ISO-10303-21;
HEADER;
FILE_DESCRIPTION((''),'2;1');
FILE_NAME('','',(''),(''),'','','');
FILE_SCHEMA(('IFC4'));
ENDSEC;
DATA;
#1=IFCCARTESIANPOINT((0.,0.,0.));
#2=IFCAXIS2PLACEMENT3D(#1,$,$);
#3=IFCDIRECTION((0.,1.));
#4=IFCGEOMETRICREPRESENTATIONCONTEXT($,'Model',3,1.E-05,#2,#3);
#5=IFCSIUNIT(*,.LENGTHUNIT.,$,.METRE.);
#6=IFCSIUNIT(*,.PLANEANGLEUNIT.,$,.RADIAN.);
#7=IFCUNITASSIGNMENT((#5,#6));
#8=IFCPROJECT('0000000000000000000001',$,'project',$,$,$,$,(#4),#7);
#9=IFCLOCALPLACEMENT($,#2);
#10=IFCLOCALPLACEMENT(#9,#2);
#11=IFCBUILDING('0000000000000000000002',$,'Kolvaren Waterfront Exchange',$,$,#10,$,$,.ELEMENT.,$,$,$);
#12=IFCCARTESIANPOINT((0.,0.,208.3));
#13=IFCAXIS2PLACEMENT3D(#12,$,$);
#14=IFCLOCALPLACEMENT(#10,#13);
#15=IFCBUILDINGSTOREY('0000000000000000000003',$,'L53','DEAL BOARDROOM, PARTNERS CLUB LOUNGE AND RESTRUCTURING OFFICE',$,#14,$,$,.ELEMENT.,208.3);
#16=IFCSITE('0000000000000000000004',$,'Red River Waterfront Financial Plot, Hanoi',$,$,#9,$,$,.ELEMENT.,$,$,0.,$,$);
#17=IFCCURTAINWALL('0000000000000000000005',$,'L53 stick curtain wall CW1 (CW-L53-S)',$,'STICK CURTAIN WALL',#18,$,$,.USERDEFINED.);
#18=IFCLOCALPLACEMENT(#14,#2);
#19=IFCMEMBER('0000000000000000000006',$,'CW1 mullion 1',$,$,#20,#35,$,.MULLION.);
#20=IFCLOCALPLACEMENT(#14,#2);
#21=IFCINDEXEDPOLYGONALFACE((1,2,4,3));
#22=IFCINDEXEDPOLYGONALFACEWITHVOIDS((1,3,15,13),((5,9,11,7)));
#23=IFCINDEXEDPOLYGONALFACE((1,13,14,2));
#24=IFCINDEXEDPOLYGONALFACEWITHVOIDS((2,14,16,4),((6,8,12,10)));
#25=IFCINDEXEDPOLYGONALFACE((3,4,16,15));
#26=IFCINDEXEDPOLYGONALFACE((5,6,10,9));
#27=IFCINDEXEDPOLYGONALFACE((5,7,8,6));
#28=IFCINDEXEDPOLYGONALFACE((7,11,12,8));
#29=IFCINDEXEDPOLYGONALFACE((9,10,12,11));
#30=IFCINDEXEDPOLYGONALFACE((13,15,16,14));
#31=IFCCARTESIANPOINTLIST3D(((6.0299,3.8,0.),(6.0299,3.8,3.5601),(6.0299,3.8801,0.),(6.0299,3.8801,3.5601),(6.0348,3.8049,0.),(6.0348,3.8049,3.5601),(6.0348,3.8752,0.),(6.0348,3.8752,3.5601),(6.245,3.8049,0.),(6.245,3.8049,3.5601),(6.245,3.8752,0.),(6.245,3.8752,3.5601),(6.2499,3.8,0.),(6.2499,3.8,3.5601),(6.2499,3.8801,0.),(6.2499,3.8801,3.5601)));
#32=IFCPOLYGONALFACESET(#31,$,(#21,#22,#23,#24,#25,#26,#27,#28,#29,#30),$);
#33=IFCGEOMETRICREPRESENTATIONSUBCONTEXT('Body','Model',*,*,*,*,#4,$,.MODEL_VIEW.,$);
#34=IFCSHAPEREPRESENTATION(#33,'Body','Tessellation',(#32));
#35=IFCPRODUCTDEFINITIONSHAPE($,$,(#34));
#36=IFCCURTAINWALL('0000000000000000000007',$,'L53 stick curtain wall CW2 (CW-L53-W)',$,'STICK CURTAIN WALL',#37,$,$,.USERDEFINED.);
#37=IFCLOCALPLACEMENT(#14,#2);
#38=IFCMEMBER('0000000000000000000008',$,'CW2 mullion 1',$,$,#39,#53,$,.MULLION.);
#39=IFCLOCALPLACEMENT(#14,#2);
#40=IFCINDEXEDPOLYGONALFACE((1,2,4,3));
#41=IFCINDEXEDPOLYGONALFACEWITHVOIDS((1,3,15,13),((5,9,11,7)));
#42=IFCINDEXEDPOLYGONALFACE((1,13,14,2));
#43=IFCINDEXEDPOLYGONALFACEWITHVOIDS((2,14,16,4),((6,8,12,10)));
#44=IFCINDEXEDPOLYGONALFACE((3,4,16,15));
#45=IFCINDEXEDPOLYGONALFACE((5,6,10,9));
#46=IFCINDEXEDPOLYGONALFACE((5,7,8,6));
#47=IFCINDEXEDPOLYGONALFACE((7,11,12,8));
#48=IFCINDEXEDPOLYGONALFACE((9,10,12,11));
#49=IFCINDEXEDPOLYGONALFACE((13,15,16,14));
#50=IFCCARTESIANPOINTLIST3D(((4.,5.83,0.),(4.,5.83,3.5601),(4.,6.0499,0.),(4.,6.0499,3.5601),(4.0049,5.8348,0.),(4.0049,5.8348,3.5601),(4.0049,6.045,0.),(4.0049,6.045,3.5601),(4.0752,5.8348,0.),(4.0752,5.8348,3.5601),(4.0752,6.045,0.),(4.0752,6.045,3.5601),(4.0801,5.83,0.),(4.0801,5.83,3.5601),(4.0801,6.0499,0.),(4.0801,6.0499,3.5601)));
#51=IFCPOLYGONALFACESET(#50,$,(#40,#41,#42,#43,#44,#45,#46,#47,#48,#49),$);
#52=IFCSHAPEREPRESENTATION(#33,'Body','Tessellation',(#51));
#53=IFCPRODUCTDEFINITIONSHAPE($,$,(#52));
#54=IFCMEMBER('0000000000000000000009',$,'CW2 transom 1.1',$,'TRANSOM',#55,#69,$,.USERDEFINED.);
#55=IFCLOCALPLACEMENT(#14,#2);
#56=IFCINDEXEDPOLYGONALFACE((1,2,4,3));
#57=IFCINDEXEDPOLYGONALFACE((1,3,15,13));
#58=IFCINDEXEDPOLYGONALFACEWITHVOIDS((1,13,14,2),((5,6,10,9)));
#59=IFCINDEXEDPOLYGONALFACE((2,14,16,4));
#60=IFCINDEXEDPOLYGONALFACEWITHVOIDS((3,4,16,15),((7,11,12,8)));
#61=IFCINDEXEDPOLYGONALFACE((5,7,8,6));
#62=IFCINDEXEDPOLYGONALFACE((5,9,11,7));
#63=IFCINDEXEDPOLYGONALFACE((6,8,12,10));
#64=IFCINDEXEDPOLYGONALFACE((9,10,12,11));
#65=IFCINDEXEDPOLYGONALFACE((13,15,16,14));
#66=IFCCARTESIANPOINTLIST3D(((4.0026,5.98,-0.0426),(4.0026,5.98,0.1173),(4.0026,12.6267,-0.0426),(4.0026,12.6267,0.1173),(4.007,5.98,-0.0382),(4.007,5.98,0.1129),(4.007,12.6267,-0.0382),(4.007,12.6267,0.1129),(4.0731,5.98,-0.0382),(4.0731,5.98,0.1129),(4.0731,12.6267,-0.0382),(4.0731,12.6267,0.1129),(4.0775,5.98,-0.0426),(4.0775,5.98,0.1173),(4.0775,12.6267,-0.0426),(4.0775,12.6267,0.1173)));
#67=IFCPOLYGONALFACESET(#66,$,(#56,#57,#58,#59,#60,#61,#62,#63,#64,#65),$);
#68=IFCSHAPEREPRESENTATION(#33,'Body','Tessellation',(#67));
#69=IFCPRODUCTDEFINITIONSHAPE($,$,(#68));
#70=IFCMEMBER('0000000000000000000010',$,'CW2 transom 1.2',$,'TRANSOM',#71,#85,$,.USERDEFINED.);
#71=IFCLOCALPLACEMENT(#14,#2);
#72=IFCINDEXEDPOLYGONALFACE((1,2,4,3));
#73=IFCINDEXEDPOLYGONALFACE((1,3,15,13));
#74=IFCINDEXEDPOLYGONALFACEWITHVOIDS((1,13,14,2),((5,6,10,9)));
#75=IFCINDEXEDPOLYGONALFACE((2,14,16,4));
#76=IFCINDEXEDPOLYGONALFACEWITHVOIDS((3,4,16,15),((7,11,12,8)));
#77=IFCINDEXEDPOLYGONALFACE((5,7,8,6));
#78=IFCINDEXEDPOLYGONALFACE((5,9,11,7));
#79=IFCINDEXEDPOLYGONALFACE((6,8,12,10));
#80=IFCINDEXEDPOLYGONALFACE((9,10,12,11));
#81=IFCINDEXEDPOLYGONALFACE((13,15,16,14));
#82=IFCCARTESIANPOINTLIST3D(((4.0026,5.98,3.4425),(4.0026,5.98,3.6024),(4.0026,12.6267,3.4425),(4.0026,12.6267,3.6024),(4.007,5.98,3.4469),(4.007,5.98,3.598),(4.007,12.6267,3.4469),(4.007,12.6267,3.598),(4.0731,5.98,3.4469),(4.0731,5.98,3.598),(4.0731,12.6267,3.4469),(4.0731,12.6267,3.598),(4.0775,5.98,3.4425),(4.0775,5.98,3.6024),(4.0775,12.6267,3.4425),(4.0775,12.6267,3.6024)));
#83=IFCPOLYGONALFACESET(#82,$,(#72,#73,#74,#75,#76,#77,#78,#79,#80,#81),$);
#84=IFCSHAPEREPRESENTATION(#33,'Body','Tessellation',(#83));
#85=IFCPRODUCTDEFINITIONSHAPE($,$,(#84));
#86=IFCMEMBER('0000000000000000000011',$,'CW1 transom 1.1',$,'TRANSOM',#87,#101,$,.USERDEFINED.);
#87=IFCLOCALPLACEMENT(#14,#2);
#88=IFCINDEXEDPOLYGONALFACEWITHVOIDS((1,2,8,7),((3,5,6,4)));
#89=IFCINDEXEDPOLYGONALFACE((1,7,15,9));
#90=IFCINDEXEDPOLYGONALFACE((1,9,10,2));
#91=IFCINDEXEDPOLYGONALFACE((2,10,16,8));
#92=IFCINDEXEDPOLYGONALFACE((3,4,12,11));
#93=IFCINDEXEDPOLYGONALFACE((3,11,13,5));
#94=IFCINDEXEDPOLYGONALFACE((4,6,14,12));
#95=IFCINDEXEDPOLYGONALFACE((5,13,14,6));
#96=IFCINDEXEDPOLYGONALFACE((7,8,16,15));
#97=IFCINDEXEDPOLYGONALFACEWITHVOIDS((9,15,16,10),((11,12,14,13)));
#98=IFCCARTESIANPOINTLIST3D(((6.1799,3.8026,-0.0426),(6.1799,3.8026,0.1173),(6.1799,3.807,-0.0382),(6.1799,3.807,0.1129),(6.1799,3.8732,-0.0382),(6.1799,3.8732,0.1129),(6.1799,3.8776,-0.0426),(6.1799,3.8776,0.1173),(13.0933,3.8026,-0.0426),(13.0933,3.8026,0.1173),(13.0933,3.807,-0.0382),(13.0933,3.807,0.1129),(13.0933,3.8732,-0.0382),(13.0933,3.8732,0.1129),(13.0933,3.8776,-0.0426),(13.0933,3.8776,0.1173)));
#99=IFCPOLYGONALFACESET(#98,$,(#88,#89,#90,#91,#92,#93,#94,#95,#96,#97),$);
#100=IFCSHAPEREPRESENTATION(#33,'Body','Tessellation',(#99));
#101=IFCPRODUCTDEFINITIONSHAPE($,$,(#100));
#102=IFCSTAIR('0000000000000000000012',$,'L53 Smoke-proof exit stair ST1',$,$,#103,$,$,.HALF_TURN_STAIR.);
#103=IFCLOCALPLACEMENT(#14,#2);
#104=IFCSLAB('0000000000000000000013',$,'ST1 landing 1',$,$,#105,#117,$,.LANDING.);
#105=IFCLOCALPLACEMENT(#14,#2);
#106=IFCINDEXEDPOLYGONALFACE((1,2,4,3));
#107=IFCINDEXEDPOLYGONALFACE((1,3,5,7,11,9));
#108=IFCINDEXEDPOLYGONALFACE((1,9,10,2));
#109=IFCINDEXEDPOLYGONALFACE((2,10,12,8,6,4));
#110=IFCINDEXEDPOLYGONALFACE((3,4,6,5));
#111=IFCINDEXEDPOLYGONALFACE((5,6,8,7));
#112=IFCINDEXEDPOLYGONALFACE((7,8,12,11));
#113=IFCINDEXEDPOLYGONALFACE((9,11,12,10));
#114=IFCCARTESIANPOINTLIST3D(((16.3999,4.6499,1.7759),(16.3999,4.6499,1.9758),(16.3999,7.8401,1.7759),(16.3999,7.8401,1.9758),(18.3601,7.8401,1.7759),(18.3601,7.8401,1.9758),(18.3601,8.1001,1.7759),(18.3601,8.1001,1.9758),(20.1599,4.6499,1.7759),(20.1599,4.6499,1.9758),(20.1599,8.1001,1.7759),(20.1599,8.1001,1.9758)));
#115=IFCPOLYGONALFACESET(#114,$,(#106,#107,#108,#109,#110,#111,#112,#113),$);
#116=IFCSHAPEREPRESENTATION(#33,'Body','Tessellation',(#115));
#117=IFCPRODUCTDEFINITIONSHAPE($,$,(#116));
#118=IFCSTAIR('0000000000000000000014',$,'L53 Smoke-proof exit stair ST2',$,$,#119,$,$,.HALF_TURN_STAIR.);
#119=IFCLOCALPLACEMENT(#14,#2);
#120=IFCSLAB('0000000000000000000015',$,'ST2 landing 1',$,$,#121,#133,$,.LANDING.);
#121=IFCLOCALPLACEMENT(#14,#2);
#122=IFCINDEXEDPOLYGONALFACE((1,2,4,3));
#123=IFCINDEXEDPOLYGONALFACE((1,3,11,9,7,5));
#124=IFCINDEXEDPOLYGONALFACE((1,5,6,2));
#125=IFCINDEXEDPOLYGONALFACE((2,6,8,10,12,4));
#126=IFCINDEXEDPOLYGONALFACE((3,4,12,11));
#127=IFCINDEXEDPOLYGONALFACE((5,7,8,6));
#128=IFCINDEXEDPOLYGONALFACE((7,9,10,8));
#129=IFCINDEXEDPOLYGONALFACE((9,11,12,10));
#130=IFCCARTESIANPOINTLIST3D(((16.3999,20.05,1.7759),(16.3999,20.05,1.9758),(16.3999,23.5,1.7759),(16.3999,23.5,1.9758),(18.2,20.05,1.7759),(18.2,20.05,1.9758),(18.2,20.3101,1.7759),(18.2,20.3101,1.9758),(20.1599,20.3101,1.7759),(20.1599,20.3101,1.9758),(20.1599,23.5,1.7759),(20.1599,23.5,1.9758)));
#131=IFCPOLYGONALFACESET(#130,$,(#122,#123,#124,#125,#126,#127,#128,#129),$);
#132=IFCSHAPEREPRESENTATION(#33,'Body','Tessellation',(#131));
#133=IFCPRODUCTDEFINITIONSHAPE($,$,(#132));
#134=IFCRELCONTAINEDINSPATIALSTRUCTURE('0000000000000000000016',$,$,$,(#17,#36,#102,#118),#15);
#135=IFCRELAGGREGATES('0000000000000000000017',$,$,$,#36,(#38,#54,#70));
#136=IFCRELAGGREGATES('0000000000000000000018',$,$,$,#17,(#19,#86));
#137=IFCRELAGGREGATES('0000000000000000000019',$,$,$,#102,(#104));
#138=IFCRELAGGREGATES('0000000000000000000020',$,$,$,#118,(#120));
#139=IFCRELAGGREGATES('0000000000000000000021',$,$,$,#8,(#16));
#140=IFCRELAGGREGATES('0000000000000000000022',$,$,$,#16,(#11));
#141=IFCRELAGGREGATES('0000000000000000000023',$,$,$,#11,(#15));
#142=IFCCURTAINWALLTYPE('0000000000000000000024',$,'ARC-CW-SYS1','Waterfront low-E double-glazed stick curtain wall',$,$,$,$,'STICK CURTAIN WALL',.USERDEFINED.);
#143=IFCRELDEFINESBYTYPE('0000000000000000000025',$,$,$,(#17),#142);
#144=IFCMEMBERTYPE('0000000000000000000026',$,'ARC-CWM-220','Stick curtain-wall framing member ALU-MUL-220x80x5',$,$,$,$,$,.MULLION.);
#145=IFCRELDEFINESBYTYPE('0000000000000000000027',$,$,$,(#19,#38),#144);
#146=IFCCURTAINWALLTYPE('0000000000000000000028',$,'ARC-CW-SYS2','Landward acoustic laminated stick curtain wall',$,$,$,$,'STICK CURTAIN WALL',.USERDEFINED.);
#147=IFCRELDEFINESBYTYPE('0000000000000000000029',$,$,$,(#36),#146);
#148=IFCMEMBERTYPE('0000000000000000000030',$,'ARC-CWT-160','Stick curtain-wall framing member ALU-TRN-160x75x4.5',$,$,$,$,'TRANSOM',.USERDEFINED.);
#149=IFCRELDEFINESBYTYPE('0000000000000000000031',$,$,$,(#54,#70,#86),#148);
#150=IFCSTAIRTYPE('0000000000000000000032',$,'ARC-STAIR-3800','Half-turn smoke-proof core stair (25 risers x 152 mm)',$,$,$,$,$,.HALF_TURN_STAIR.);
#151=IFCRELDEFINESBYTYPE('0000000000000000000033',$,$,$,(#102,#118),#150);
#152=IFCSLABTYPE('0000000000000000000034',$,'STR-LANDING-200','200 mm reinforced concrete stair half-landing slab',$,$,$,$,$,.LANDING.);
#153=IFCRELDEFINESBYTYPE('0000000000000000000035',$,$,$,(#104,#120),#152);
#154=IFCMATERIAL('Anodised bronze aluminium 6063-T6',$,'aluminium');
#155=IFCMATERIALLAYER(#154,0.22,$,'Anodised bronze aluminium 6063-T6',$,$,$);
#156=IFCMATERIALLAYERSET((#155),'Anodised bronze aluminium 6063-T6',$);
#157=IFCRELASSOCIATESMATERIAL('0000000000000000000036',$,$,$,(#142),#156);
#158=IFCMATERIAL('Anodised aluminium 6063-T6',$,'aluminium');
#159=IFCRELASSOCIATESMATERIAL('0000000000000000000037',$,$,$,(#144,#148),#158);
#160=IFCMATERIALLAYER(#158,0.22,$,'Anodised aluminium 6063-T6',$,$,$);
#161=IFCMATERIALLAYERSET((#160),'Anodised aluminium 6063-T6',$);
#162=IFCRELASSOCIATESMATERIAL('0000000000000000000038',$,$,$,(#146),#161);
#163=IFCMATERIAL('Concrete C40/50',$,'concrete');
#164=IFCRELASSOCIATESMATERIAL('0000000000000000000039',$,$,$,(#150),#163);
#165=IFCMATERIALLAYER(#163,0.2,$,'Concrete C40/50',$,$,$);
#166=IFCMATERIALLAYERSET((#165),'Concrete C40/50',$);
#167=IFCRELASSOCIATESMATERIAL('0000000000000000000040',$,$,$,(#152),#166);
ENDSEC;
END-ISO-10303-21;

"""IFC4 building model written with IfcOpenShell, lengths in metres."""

from ifc_helpers import new_model, si_unit, direction, frame, origin, origin_with_axes, origin_2d, place, context, subcontext, project, spatial, polyline, hollow_rectangle, outline, extrude, source, transform, mapped, material, layer, layer_set, material_profile, profile_set, type_object, element, aggregate, save


model = new_model("IFC4")

# Units and contexts
model_context = context("Model", 3, precision=1e-05, world=origin(), true_north=direction((0.0, 1.0)))
body_context = subcontext(model_context, "Body", "Model", "MODEL_VIEW")
ifc_project = project(units=[si_unit("LENGTHUNIT", "METRE"), si_unit("PLANEANGLEUNIT", "RADIAN")], contexts=[model_context])

# Site, building, storey
site_placement = place(None, origin())
site = spatial("IfcSite", under=ifc_project, at=site_placement, Name="Red River Waterfront Financial Plot, Hanoi", CompositionType="ELEMENT", RefElevation=0.0)
building_placement = place(site_placement, origin())
building = spatial("IfcBuilding", under=site, at=building_placement, Name="Kolvaren Waterfront Exchange", CompositionType="ELEMENT")
storey_placement = place(building_placement, frame((0.0, 0.0, 208.3)))
storey = spatial("IfcBuildingStorey", under=building, at=storey_placement, Name="L53", Description="DEAL BOARDROOM, PARTNERS CLUB LOUNGE AND RESTRUCTURING OFFICE", CompositionType="ELEMENT", Elevation=208.3)

# Curtain wall, member
ifc_material_1 = material(Name="Anodised bronze aluminium 6063-T6", Category="aluminium")
ifc_layer_1 = layer(ifc_material_1, 0.22, Name="Anodised bronze aluminium 6063-T6")
ifc_layer_set_1 = layer_set([ifc_layer_1], Name="Anodised bronze aluminium 6063-T6")
curtain_wall_type_1 = type_object("IfcCurtainWallType", Name="ARC-CW-SYS1", Description="Waterfront low-E double-glazed stick curtain wall", ElementType="STICK CURTAIN WALL", PredefinedType="USERDEFINED", material=ifc_layer_set_1)
curtain_wall_1_placement = place(storey_placement, origin())
curtain_wall_1 = element("IfcCurtainWall", 1, at=curtain_wall_1_placement, inside=storey, type_object=curtain_wall_type_1, Name="L53 stick curtain wall CW1 (CW-L53-S)", ObjectType="STICK CURTAIN WALL", PredefinedType="USERDEFINED")
ifc_material_2 = material(Name="Anodised aluminium 6063-T6", Category="aluminium")
ifc_material_profile_1 = material_profile(ifc_material_2, hollow_rectangle(XDim=0.0801, YDim=0.22, WallThickness=0.0049, at=origin_2d()), Name="ALU-MUL-220x80x5")
ifc_profile_set_1 = profile_set([ifc_material_profile_1], Name="Anodised aluminium 6063-T6")
member_type_1 = type_object("IfcMemberType", Name="ARC-CWM-220", Description="Stick curtain-wall framing member ALU-MUL-220x80x5", PredefinedType="MULLION", material=ifc_profile_set_1)
shared_shape_1 = source(origin_with_axes(), body_context, "Body", "SweptSolid", [
    extrude(hollow_rectangle(XDim=0.0801, YDim=0.22, WallThickness=0.0049, at=origin_2d()), origin(), (0.0, 0.0, 1.0), 3.5601),
])
member_1_placement = place(storey_placement, frame((6.1399, 3.8401, 0.0), z_axis=(0.0, 0.0, 1.0), x_axis=(0.0, 1.0, 0.0)))
member_1 = element("IfcMember", 2, at=member_1_placement, type_object=member_type_1, Name="CW1 mullion 1", PredefinedType="MULLION", context=body_context, shape_type="MappedRepresentation", body=[
    mapped(shared_shape_1, transform((0.0, 0.0, 0.0), x_axis=(1.0, 0.0, 0.0), y_axis=(0.0, 1.0, 0.0), z_axis=(0.0, 0.0, 1.0), scale=1.0)),
])

# Curtain wall, members
ifc_layer_2 = layer(ifc_material_2, 0.22, Name="Anodised aluminium 6063-T6")
ifc_layer_set_2 = layer_set([ifc_layer_2], Name="Anodised aluminium 6063-T6")
curtain_wall_type_2 = type_object("IfcCurtainWallType", Name="ARC-CW-SYS2", Description="Landward acoustic laminated stick curtain wall", ElementType="STICK CURTAIN WALL", PredefinedType="USERDEFINED", material=ifc_layer_set_2)
curtain_wall_2_placement = place(storey_placement, origin())
curtain_wall_2 = element("IfcCurtainWall", 3, at=curtain_wall_2_placement, inside=storey, type_object=curtain_wall_type_2, Name="L53 stick curtain wall CW2 (CW-L53-W)", ObjectType="STICK CURTAIN WALL", PredefinedType="USERDEFINED")
member_2_placement = place(storey_placement, frame((4.04, 5.9399, 0.0), z_axis=(0.0, 0.0, 1.0), x_axis=(-1.0, 0.0, 0.0)))
member_2 = element("IfcMember", 4, at=member_2_placement, type_object=member_type_1, Name="CW2 mullion 1", PredefinedType="MULLION", context=body_context, shape_type="MappedRepresentation", body=[
    mapped(shared_shape_1, transform((0.0, 0.0, 0.0), x_axis=(1.0, 0.0, 0.0), y_axis=(0.0, 1.0, 0.0), z_axis=(0.0, 0.0, 1.0), scale=1.0)),
])
ifc_material_profile_2 = material_profile(ifc_material_2, hollow_rectangle(XDim=0.075, YDim=0.1599, WallThickness=0.0044, at=origin_2d()), Name="ALU-TRN-160x75x4.5")
ifc_profile_set_2 = profile_set([ifc_material_profile_2], Name="Anodised aluminium 6063-T6")
member_type_2 = type_object("IfcMemberType", Name="ARC-CWT-160", Description="Stick curtain-wall framing member ALU-TRN-160x75x4.5", ElementType="TRANSOM", PredefinedType="USERDEFINED", material=ifc_profile_set_2)
shared_shape_2 = source(origin_with_axes(), body_context, "Body", "SweptSolid", [
    extrude(hollow_rectangle(XDim=0.075, YDim=0.1599, WallThickness=0.0044, at=origin_2d()), origin(), (0.0, 0.0, 1.0), 6.6467),
])
member_3_placement = place(storey_placement, frame((4.04, 5.98, 0.0374), z_axis=(0.0, 1.0, 0.0), x_axis=(-1.0, 0.0, 0.0)))
member_3 = element("IfcMember", 5, at=member_3_placement, type_object=member_type_2, Name="CW2 transom 1.1", ObjectType="TRANSOM", PredefinedType="USERDEFINED", context=body_context, shape_type="MappedRepresentation", body=[
    mapped(shared_shape_2, transform((0.0, 0.0, 0.0), x_axis=(1.0, 0.0, 0.0), y_axis=(0.0, 1.0, 0.0), z_axis=(0.0, 0.0, 1.0), scale=1.0)),
])
member_4_placement = place(storey_placement, frame((4.04, 5.98, 3.5225), z_axis=(0.0, 1.0, 0.0), x_axis=(-1.0, 0.0, 0.0)))
member_4 = element("IfcMember", 6, at=member_4_placement, type_object=member_type_2, Name="CW2 transom 1.2", ObjectType="TRANSOM", PredefinedType="USERDEFINED", context=body_context, shape_type="MappedRepresentation", body=[
    mapped(shared_shape_2, transform((0.0, 0.0, 0.0), x_axis=(1.0, 0.0, 0.0), y_axis=(0.0, 1.0, 0.0), z_axis=(0.0, 0.0, 1.0), scale=1.0)),
])
aggregate(curtain_wall_2, [member_2, member_3, member_4])

# Member
shared_shape_3 = source(origin_with_axes(), body_context, "Body", "SweptSolid", [
    extrude(hollow_rectangle(XDim=0.075, YDim=0.1599, WallThickness=0.0044, at=origin_2d()), origin(), (0.0, 0.0, 1.0), 6.9133),
])
member_5_placement = place(storey_placement, frame((6.1799, 3.8401, 0.0374), z_axis=(1.0, 0.0, 0.0), x_axis=(0.0, 1.0, 0.0)))
member_5 = element("IfcMember", 7, at=member_5_placement, type_object=member_type_2, Name="CW1 transom 1.1", ObjectType="TRANSOM", PredefinedType="USERDEFINED", context=body_context, shape_type="MappedRepresentation", body=[
    mapped(shared_shape_3, transform((0.0, 0.0, 0.0), x_axis=(1.0, 0.0, 0.0), y_axis=(0.0, 1.0, 0.0), z_axis=(0.0, 0.0, 1.0), scale=1.0)),
])
aggregate(curtain_wall_1, [member_1, member_5])

# Stairs, slabs
ifc_material_3 = material(Name="Concrete C40/50", Category="concrete")
stair_type = type_object("IfcStairType", Name="ARC-STAIR-3800", Description="Half-turn smoke-proof core stair (25 risers x 152 mm)", PredefinedType="HALF_TURN_STAIR", material=ifc_material_3)
stair_1_placement = place(storey_placement, origin())
stair_1 = element("IfcStair", 8, at=stair_1_placement, inside=storey, type_object=stair_type, Name="L53 Smoke-proof exit stair ST1", PredefinedType="HALF_TURN_STAIR")
ifc_layer_3 = layer(ifc_material_3, 0.2, Name="Concrete C40/50")
ifc_layer_set_3 = layer_set([ifc_layer_3], Name="Concrete C40/50")
slab_type_1 = type_object("IfcSlabType", Name="STR-LANDING-200", Description="200 mm reinforced concrete stair half-landing slab", PredefinedType="LANDING", material=ifc_layer_set_3)
slab_1_placement = place(storey_placement, frame((0.0, 0.0, 1.7759)))
slab_1 = element("IfcSlab", 9, at=slab_1_placement, type_object=slab_type_1, Name="ST1 landing 1", PredefinedType="LANDING", context=body_context, shape_type="SweptSolid", body=[
    extrude(outline(polyline([(16.3999, 7.8401), (16.3999, 4.6499), (20.1599, 4.6499), (20.1599, 8.1001), (18.3601, 8.1001), (18.3601, 7.8401), (16.3999, 7.8401)])), origin(), (0.0, 0.0, 1.0), 0.2),
])
aggregate(stair_1, [slab_1])
stair_2_placement = place(storey_placement, origin())
stair_2 = element("IfcStair", 10, at=stair_2_placement, inside=storey, type_object=stair_type, Name="L53 Smoke-proof exit stair ST2", PredefinedType="HALF_TURN_STAIR")
slab_2_placement = place(storey_placement, frame((0.0, 0.0, 1.7759)))
slab_2 = element("IfcSlab", 11, at=slab_2_placement, type_object=slab_type_1, Name="ST2 landing 1", PredefinedType="LANDING", context=body_context, shape_type="SweptSolid", body=[
    extrude(outline(polyline([(20.1599, 20.3101), (20.1599, 23.5), (16.3999, 23.5), (16.3999, 20.05), (18.2, 20.05), (18.2, 20.3101), (20.1599, 20.3101)])), origin(), (0.0, 0.0, 1.0), 0.2),
])
aggregate(stair_2, [slab_2])

save(model, "model.ifc")
